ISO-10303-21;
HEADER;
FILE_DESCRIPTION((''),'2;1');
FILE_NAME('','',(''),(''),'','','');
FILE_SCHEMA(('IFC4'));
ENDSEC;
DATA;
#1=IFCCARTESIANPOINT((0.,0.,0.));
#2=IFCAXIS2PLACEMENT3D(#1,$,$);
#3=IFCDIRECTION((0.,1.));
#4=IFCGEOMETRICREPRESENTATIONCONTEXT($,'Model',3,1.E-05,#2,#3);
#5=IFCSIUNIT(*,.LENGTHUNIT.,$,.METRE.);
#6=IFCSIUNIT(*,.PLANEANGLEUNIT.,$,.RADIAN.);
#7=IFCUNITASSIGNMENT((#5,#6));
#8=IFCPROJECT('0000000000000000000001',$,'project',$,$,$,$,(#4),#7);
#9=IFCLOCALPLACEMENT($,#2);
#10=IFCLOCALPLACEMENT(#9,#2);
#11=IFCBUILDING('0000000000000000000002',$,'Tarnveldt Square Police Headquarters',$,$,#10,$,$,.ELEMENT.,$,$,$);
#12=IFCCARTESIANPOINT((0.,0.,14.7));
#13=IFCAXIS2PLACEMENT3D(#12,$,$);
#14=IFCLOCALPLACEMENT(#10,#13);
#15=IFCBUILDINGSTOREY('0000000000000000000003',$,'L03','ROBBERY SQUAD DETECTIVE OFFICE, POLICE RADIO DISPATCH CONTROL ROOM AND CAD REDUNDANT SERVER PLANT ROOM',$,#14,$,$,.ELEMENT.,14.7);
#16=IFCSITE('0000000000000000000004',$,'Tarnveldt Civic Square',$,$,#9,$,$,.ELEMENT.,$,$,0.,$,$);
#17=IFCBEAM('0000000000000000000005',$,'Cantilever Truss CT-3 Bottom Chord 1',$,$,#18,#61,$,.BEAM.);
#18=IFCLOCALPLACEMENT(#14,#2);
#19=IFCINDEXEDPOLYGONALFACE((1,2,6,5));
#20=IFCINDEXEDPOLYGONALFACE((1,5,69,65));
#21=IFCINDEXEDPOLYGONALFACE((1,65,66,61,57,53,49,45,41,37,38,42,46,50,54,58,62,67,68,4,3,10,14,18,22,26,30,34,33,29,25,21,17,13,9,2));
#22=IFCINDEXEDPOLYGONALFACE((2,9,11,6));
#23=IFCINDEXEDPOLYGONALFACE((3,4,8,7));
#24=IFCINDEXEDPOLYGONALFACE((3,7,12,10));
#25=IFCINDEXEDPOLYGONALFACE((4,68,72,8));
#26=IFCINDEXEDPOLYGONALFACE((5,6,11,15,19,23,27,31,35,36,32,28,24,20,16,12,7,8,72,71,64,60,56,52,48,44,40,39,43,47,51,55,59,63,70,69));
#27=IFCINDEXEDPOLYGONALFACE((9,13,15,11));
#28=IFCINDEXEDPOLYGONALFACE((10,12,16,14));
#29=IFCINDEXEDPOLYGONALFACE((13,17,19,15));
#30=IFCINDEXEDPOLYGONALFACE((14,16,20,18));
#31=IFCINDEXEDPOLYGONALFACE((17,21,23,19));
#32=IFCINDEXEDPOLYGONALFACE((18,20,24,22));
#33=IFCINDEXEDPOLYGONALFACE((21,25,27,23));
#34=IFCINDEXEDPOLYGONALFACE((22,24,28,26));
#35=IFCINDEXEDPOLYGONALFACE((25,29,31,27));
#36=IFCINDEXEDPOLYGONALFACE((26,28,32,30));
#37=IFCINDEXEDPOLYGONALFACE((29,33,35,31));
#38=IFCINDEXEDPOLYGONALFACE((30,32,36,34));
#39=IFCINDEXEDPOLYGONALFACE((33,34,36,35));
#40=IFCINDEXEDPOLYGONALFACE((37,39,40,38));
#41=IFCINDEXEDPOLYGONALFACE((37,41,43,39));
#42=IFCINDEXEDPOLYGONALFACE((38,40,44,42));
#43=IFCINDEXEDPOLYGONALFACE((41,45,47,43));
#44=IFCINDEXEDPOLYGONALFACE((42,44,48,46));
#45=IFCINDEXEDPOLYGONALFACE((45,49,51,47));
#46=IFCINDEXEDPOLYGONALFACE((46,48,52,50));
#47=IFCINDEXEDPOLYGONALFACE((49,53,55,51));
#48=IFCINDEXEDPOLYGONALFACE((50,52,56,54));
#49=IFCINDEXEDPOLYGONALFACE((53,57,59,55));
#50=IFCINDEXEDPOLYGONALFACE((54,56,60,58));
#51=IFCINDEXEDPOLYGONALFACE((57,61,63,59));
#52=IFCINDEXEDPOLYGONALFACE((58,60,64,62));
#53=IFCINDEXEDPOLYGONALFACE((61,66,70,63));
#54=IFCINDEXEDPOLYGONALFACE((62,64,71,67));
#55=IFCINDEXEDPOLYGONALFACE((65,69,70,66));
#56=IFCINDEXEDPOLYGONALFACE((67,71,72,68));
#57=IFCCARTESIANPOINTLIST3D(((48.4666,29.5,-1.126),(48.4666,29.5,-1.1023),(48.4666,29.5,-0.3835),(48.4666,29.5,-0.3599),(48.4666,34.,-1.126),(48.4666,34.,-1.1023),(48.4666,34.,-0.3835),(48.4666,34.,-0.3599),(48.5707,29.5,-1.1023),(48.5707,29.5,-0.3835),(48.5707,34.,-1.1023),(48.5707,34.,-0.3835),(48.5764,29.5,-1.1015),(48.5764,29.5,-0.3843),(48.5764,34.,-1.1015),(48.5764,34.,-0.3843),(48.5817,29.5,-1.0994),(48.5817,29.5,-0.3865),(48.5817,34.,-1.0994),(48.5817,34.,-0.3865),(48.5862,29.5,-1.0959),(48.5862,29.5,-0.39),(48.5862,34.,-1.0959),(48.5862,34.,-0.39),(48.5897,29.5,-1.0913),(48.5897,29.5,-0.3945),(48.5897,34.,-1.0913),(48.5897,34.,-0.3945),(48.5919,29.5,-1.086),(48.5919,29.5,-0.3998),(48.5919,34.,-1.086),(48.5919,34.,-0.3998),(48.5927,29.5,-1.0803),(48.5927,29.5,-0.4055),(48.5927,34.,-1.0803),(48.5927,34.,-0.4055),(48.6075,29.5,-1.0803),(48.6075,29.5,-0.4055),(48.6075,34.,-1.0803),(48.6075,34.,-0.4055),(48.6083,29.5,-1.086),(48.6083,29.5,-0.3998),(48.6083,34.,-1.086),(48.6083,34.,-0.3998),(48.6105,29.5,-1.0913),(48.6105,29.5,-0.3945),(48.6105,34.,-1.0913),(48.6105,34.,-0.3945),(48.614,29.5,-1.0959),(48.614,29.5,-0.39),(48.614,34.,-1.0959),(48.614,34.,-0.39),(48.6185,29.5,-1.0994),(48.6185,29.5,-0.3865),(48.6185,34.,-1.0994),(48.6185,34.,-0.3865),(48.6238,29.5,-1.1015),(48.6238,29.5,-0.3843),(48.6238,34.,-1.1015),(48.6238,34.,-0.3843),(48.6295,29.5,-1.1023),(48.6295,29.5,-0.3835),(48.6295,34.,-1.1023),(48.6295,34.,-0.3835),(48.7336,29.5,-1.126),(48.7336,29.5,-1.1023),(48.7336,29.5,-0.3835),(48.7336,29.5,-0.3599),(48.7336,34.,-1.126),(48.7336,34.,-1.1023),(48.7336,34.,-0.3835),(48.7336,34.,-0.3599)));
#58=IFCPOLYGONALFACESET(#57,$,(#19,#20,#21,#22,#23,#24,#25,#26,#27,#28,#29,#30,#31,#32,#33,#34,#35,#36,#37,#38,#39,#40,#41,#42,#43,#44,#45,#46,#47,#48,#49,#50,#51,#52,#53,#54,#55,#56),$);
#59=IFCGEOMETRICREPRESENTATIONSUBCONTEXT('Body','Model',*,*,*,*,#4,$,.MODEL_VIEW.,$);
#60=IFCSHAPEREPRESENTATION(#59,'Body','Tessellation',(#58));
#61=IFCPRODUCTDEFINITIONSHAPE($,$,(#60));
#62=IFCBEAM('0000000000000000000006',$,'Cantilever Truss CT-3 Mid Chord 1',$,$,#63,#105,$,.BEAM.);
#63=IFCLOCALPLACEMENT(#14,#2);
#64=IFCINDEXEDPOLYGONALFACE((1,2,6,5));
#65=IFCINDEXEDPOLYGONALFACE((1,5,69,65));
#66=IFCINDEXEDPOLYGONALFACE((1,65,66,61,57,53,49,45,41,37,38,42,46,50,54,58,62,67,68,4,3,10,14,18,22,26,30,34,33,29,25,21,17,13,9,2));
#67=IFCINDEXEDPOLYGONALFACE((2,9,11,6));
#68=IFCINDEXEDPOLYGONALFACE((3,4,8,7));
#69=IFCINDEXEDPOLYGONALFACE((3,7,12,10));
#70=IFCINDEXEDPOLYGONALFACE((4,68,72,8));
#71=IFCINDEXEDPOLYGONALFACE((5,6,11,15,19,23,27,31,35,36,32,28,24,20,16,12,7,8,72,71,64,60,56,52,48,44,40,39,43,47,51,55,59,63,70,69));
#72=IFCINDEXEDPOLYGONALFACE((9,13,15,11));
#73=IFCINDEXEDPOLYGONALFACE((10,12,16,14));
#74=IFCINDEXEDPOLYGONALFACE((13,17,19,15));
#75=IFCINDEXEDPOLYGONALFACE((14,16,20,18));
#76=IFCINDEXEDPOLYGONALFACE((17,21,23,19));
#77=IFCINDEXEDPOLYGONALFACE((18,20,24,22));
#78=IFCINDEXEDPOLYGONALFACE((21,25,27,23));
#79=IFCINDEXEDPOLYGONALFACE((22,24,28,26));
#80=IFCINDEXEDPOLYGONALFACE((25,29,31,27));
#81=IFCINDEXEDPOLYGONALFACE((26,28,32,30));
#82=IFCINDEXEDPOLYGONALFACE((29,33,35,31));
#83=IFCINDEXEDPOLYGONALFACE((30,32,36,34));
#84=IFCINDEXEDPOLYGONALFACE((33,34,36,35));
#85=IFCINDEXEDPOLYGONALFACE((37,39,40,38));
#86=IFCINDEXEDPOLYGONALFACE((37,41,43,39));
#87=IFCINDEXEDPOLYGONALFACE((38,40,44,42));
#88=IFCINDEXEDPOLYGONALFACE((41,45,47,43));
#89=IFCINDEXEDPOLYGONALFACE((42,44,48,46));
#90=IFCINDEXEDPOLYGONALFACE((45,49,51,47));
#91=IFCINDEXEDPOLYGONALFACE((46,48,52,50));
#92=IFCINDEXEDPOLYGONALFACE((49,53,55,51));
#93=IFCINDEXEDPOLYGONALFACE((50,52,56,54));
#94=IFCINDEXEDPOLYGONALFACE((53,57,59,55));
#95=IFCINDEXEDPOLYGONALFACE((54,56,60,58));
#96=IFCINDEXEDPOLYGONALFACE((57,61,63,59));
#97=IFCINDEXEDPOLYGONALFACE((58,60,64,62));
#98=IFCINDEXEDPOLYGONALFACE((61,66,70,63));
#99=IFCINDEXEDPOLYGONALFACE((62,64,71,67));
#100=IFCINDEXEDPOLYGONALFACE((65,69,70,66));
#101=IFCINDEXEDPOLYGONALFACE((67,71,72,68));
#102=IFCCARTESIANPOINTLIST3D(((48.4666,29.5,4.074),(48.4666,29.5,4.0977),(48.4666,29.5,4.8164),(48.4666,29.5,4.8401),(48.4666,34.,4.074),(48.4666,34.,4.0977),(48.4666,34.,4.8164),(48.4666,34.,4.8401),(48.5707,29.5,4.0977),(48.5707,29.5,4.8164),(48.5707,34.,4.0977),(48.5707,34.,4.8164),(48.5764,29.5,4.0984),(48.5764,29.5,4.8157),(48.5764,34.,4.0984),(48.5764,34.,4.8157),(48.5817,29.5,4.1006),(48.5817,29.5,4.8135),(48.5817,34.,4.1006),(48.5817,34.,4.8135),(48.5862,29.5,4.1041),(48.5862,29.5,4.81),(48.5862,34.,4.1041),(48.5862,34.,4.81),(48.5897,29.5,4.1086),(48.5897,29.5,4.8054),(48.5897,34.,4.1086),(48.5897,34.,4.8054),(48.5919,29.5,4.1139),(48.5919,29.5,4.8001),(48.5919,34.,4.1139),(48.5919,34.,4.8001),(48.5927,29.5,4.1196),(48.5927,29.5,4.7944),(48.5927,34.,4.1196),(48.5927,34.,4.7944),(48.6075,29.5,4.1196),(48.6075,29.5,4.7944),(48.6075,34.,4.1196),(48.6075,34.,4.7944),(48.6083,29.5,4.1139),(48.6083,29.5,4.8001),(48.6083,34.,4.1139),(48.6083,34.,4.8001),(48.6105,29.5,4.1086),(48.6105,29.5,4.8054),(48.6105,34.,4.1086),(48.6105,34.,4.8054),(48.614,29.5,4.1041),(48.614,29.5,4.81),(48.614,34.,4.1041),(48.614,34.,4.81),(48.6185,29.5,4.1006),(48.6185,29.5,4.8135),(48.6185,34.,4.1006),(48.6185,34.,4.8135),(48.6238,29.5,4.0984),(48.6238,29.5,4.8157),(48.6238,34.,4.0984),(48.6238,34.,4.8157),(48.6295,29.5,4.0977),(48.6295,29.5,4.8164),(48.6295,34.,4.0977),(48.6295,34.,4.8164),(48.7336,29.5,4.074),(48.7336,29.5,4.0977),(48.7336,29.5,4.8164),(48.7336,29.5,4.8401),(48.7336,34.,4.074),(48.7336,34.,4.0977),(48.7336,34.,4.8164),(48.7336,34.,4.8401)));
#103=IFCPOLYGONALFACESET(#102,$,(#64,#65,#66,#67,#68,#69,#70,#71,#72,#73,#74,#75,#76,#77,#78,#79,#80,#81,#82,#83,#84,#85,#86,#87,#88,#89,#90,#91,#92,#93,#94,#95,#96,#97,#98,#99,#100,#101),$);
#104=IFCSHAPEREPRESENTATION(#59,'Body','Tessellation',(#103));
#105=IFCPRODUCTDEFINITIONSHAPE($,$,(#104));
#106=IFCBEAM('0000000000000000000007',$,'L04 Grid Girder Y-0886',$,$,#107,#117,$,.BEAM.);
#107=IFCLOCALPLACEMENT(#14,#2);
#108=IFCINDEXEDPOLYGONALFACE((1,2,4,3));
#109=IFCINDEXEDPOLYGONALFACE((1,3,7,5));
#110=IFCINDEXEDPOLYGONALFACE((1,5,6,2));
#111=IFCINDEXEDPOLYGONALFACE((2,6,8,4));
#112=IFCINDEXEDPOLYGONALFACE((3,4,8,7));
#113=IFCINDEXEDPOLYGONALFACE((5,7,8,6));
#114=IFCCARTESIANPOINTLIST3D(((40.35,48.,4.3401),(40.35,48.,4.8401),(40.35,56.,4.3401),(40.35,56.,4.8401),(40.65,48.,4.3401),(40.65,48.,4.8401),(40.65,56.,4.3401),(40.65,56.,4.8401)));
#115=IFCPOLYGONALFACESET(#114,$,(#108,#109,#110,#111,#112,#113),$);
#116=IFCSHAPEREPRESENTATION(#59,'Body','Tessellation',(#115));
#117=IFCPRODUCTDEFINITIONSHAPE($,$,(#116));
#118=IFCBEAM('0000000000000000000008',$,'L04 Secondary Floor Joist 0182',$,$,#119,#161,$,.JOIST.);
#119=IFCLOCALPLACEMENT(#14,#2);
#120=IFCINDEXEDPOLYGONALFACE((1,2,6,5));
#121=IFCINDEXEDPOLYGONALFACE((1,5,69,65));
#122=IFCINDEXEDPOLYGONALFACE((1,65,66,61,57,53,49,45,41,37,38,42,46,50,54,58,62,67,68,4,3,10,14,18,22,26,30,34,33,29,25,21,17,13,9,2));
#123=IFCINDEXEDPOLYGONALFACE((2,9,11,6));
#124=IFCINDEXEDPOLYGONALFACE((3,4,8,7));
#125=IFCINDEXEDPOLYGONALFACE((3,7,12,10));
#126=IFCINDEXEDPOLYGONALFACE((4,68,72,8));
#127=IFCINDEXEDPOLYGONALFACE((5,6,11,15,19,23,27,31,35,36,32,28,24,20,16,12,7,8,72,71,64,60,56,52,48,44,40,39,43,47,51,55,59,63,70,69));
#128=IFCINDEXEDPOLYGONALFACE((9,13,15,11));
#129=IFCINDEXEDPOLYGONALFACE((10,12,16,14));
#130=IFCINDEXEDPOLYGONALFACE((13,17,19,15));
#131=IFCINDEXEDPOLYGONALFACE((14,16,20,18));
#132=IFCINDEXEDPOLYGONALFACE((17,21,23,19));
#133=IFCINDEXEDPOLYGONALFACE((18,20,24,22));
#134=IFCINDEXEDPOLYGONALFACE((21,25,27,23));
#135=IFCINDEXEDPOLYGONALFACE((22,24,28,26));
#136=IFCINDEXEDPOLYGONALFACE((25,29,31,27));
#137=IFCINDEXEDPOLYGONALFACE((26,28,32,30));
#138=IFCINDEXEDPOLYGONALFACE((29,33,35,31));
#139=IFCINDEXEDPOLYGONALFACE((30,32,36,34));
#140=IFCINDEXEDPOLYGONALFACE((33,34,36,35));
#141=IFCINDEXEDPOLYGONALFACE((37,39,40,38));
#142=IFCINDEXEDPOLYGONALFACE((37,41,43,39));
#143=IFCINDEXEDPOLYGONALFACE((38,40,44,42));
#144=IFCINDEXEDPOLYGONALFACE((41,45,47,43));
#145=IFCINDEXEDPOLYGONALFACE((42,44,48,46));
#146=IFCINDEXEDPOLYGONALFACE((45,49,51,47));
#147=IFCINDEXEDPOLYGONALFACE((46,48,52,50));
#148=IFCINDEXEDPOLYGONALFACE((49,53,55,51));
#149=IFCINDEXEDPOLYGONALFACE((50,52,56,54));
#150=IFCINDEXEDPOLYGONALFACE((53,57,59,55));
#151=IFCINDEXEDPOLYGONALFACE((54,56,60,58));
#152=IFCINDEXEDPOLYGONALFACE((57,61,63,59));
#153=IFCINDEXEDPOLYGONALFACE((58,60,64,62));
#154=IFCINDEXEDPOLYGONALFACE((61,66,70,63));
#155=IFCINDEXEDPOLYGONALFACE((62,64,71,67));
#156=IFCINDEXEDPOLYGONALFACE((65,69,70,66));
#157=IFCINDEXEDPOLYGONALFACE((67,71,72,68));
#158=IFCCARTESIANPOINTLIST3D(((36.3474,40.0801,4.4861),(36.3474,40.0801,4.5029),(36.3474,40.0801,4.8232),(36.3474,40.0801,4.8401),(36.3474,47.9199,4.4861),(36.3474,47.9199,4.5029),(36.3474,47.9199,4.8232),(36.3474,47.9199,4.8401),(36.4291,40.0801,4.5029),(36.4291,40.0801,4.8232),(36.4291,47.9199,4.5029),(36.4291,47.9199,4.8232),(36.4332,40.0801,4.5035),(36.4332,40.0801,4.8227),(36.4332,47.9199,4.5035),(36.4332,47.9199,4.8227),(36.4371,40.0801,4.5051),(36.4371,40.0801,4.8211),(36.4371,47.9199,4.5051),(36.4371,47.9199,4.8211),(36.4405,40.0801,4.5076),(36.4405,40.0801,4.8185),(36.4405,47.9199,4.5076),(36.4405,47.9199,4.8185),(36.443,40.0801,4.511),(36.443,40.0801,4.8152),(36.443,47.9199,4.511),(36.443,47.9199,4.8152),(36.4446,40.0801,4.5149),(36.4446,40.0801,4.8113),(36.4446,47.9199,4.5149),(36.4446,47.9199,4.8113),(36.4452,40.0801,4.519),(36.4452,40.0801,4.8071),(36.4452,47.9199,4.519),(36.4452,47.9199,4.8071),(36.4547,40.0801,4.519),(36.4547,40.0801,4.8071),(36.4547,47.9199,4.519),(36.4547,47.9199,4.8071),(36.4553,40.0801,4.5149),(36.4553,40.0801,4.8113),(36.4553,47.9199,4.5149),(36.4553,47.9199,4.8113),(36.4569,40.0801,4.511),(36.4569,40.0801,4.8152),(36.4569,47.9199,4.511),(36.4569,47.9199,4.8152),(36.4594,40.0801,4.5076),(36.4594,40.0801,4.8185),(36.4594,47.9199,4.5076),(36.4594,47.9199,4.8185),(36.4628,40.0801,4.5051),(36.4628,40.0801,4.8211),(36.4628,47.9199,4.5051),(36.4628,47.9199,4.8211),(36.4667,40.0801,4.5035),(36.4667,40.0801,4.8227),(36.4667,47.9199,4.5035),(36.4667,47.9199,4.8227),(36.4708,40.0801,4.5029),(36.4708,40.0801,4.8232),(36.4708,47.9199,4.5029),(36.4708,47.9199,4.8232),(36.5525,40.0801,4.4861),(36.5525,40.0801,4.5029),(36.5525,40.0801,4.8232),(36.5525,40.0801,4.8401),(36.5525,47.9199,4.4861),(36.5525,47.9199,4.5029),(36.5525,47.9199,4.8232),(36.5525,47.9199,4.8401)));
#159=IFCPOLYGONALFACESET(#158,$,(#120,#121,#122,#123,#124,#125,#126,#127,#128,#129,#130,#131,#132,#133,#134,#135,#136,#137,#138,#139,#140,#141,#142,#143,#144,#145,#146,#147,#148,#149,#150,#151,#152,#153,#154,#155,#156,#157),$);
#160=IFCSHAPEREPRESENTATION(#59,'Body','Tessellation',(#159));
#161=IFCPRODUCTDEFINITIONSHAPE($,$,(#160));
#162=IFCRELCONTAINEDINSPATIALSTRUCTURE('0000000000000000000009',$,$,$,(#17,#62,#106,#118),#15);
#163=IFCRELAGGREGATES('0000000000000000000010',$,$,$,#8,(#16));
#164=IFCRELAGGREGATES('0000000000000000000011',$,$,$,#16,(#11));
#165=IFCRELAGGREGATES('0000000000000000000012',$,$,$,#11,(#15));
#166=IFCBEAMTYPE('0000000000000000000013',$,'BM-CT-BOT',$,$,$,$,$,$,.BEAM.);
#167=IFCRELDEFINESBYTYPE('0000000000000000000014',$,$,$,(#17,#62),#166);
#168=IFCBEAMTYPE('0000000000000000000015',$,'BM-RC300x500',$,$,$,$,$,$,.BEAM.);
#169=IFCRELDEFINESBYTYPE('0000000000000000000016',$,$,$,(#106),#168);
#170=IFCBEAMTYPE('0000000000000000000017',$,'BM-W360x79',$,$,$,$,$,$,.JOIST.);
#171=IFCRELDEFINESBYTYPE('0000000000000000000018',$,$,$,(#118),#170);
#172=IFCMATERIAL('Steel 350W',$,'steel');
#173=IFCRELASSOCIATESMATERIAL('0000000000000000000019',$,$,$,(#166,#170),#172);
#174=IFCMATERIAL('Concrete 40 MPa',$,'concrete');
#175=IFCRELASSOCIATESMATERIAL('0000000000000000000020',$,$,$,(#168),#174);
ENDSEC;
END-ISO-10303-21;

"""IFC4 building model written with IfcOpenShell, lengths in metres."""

from ifc_helpers import new_model, si_unit, direction, frame, origin, origin_2d, place, context, subcontext, project, spatial, rectangle, i_section, extrude, material, material_profile, profile_set, type_object, element, save


model = new_model("IFC4")

# Units and contexts
model_context = context("Model", 3, precision=1e-05, world=origin(), true_north=direction((0.0, 1.0)))
body_context = subcontext(model_context, "Body", "Model", "MODEL_VIEW")
ifc_project = project(units=[si_unit("LENGTHUNIT", "METRE"), si_unit("PLANEANGLEUNIT", "RADIAN")], contexts=[model_context])

# Site, building, storey
site_placement = place(None, origin())
site = spatial("IfcSite", under=ifc_project, at=site_placement, Name="Tarnveldt Civic Square", CompositionType="ELEMENT", RefElevation=0.0)
building_placement = place(site_placement, origin())
building = spatial("IfcBuilding", under=site, at=building_placement, Name="Tarnveldt Square Police Headquarters", CompositionType="ELEMENT")
storey_placement = place(building_placement, frame((0.0, 0.0, 14.7)))
storey = spatial("IfcBuildingStorey", under=building, at=storey_placement, Name="L03", Description="ROBBERY SQUAD DETECTIVE OFFICE, POLICE RADIO DISPATCH CONTROL ROOM AND CAD REDUNDANT SERVER PLANT ROOM", CompositionType="ELEMENT", Elevation=14.7)

# Shared definitions
ifc_material_1 = material(Name="Steel 350W", Category="steel")

# Beams
ifc_material_profile_1 = material_profile(ifc_material_1, i_section(OverallWidth=0.2671, OverallDepth=0.7661, WebThickness=0.0149, FlangeThickness=0.0237, FilletRadius=0.022, at=origin_2d()), Name="W760x185")
ifc_profile_set_1 = profile_set([ifc_material_profile_1], Name="Steel 350W")
beam_type_1 = type_object("IfcBeamType", Name="BM-CT-BOT", PredefinedType="BEAM", material=ifc_profile_set_1)
for number, where, z_axis, x_axis, name in (
    (1, (48.6001, 34.0, -0.7429), (0.0, -1.0, 0.0), (1.0, 0.0, 0.0), "Cantilever Truss CT-3 Bottom Chord 1"),
    (2, (48.6001, 34.0, 4.457), (0.0, -1.0, 0.0), (1.0, 0.0, 0.0), "Cantilever Truss CT-3 Mid Chord 1"),
):
    element("IfcBeam", number, at=place(storey_placement, frame(where, z_axis=z_axis, x_axis=x_axis)), inside=storey, type_object=beam_type_1, Name=name, PredefinedType="BEAM", context=body_context, shape_type="SweptSolid", body=[
        extrude(i_section(OverallWidth=0.2671, OverallDepth=0.7661, WebThickness=0.0149, FlangeThickness=0.0237, FilletRadius=0.022, at=origin_2d()), origin(), (0.0, 0.0, 1.0), 4.5),
    ])
ifc_material_2 = material(Name="Concrete 40 MPa", Category="concrete")
ifc_material_profile_2 = material_profile(ifc_material_2, rectangle(XDim=0.3, YDim=0.5, at=origin_2d()), Name="RC-B300x500")
ifc_profile_set_2 = profile_set([ifc_material_profile_2], Name="Concrete 40 MPa")
beam_type_2 = type_object("IfcBeamType", Name="BM-RC300x500", PredefinedType="BEAM", material=ifc_profile_set_2)
beam_1_placement = place(storey_placement, frame((40.5, 48.0, 4.5901), z_axis=(0.0, 1.0, 0.0), x_axis=(-1.0, 0.0, 0.0)))
element("IfcBeam", 3, at=beam_1_placement, inside=storey, type_object=beam_type_2, Name="L04 Grid Girder Y-0886", PredefinedType="BEAM", context=body_context, shape_type="SweptSolid", body=[
    extrude(rectangle(XDim=0.3, YDim=0.5, at=origin_2d()), origin(), (0.0, 0.0, 1.0), 8.0),
])
ifc_material_profile_3 = material_profile(ifc_material_1, i_section(OverallWidth=0.2051, OverallDepth=0.354, WebThickness=0.0095, FlangeThickness=0.0168, FilletRadius=0.0161, at=origin_2d()), Name="W360x79")
ifc_profile_set_3 = profile_set([ifc_material_profile_3], Name="Steel 350W")
beam_type_3 = type_object("IfcBeamType", Name="BM-W360x79", PredefinedType="JOIST", material=ifc_profile_set_3)
beam_2_placement = place(storey_placement, frame((36.45, 40.0801, 4.6631), z_axis=(0.0, 1.0, 0.0), x_axis=(-1.0, 0.0, 0.0)))
element("IfcBeam", 4, at=beam_2_placement, inside=storey, type_object=beam_type_3, Name="L04 Secondary Floor Joist 0182", PredefinedType="JOIST", context=body_context, shape_type="SweptSolid", body=[
    extrude(i_section(OverallWidth=0.2051, OverallDepth=0.354, WebThickness=0.0095, FlangeThickness=0.0168, FilletRadius=0.0161, at=origin_2d()), origin(), (0.0, 0.0, 1.0), 7.8398),
])

save(model, "model.ifc")
